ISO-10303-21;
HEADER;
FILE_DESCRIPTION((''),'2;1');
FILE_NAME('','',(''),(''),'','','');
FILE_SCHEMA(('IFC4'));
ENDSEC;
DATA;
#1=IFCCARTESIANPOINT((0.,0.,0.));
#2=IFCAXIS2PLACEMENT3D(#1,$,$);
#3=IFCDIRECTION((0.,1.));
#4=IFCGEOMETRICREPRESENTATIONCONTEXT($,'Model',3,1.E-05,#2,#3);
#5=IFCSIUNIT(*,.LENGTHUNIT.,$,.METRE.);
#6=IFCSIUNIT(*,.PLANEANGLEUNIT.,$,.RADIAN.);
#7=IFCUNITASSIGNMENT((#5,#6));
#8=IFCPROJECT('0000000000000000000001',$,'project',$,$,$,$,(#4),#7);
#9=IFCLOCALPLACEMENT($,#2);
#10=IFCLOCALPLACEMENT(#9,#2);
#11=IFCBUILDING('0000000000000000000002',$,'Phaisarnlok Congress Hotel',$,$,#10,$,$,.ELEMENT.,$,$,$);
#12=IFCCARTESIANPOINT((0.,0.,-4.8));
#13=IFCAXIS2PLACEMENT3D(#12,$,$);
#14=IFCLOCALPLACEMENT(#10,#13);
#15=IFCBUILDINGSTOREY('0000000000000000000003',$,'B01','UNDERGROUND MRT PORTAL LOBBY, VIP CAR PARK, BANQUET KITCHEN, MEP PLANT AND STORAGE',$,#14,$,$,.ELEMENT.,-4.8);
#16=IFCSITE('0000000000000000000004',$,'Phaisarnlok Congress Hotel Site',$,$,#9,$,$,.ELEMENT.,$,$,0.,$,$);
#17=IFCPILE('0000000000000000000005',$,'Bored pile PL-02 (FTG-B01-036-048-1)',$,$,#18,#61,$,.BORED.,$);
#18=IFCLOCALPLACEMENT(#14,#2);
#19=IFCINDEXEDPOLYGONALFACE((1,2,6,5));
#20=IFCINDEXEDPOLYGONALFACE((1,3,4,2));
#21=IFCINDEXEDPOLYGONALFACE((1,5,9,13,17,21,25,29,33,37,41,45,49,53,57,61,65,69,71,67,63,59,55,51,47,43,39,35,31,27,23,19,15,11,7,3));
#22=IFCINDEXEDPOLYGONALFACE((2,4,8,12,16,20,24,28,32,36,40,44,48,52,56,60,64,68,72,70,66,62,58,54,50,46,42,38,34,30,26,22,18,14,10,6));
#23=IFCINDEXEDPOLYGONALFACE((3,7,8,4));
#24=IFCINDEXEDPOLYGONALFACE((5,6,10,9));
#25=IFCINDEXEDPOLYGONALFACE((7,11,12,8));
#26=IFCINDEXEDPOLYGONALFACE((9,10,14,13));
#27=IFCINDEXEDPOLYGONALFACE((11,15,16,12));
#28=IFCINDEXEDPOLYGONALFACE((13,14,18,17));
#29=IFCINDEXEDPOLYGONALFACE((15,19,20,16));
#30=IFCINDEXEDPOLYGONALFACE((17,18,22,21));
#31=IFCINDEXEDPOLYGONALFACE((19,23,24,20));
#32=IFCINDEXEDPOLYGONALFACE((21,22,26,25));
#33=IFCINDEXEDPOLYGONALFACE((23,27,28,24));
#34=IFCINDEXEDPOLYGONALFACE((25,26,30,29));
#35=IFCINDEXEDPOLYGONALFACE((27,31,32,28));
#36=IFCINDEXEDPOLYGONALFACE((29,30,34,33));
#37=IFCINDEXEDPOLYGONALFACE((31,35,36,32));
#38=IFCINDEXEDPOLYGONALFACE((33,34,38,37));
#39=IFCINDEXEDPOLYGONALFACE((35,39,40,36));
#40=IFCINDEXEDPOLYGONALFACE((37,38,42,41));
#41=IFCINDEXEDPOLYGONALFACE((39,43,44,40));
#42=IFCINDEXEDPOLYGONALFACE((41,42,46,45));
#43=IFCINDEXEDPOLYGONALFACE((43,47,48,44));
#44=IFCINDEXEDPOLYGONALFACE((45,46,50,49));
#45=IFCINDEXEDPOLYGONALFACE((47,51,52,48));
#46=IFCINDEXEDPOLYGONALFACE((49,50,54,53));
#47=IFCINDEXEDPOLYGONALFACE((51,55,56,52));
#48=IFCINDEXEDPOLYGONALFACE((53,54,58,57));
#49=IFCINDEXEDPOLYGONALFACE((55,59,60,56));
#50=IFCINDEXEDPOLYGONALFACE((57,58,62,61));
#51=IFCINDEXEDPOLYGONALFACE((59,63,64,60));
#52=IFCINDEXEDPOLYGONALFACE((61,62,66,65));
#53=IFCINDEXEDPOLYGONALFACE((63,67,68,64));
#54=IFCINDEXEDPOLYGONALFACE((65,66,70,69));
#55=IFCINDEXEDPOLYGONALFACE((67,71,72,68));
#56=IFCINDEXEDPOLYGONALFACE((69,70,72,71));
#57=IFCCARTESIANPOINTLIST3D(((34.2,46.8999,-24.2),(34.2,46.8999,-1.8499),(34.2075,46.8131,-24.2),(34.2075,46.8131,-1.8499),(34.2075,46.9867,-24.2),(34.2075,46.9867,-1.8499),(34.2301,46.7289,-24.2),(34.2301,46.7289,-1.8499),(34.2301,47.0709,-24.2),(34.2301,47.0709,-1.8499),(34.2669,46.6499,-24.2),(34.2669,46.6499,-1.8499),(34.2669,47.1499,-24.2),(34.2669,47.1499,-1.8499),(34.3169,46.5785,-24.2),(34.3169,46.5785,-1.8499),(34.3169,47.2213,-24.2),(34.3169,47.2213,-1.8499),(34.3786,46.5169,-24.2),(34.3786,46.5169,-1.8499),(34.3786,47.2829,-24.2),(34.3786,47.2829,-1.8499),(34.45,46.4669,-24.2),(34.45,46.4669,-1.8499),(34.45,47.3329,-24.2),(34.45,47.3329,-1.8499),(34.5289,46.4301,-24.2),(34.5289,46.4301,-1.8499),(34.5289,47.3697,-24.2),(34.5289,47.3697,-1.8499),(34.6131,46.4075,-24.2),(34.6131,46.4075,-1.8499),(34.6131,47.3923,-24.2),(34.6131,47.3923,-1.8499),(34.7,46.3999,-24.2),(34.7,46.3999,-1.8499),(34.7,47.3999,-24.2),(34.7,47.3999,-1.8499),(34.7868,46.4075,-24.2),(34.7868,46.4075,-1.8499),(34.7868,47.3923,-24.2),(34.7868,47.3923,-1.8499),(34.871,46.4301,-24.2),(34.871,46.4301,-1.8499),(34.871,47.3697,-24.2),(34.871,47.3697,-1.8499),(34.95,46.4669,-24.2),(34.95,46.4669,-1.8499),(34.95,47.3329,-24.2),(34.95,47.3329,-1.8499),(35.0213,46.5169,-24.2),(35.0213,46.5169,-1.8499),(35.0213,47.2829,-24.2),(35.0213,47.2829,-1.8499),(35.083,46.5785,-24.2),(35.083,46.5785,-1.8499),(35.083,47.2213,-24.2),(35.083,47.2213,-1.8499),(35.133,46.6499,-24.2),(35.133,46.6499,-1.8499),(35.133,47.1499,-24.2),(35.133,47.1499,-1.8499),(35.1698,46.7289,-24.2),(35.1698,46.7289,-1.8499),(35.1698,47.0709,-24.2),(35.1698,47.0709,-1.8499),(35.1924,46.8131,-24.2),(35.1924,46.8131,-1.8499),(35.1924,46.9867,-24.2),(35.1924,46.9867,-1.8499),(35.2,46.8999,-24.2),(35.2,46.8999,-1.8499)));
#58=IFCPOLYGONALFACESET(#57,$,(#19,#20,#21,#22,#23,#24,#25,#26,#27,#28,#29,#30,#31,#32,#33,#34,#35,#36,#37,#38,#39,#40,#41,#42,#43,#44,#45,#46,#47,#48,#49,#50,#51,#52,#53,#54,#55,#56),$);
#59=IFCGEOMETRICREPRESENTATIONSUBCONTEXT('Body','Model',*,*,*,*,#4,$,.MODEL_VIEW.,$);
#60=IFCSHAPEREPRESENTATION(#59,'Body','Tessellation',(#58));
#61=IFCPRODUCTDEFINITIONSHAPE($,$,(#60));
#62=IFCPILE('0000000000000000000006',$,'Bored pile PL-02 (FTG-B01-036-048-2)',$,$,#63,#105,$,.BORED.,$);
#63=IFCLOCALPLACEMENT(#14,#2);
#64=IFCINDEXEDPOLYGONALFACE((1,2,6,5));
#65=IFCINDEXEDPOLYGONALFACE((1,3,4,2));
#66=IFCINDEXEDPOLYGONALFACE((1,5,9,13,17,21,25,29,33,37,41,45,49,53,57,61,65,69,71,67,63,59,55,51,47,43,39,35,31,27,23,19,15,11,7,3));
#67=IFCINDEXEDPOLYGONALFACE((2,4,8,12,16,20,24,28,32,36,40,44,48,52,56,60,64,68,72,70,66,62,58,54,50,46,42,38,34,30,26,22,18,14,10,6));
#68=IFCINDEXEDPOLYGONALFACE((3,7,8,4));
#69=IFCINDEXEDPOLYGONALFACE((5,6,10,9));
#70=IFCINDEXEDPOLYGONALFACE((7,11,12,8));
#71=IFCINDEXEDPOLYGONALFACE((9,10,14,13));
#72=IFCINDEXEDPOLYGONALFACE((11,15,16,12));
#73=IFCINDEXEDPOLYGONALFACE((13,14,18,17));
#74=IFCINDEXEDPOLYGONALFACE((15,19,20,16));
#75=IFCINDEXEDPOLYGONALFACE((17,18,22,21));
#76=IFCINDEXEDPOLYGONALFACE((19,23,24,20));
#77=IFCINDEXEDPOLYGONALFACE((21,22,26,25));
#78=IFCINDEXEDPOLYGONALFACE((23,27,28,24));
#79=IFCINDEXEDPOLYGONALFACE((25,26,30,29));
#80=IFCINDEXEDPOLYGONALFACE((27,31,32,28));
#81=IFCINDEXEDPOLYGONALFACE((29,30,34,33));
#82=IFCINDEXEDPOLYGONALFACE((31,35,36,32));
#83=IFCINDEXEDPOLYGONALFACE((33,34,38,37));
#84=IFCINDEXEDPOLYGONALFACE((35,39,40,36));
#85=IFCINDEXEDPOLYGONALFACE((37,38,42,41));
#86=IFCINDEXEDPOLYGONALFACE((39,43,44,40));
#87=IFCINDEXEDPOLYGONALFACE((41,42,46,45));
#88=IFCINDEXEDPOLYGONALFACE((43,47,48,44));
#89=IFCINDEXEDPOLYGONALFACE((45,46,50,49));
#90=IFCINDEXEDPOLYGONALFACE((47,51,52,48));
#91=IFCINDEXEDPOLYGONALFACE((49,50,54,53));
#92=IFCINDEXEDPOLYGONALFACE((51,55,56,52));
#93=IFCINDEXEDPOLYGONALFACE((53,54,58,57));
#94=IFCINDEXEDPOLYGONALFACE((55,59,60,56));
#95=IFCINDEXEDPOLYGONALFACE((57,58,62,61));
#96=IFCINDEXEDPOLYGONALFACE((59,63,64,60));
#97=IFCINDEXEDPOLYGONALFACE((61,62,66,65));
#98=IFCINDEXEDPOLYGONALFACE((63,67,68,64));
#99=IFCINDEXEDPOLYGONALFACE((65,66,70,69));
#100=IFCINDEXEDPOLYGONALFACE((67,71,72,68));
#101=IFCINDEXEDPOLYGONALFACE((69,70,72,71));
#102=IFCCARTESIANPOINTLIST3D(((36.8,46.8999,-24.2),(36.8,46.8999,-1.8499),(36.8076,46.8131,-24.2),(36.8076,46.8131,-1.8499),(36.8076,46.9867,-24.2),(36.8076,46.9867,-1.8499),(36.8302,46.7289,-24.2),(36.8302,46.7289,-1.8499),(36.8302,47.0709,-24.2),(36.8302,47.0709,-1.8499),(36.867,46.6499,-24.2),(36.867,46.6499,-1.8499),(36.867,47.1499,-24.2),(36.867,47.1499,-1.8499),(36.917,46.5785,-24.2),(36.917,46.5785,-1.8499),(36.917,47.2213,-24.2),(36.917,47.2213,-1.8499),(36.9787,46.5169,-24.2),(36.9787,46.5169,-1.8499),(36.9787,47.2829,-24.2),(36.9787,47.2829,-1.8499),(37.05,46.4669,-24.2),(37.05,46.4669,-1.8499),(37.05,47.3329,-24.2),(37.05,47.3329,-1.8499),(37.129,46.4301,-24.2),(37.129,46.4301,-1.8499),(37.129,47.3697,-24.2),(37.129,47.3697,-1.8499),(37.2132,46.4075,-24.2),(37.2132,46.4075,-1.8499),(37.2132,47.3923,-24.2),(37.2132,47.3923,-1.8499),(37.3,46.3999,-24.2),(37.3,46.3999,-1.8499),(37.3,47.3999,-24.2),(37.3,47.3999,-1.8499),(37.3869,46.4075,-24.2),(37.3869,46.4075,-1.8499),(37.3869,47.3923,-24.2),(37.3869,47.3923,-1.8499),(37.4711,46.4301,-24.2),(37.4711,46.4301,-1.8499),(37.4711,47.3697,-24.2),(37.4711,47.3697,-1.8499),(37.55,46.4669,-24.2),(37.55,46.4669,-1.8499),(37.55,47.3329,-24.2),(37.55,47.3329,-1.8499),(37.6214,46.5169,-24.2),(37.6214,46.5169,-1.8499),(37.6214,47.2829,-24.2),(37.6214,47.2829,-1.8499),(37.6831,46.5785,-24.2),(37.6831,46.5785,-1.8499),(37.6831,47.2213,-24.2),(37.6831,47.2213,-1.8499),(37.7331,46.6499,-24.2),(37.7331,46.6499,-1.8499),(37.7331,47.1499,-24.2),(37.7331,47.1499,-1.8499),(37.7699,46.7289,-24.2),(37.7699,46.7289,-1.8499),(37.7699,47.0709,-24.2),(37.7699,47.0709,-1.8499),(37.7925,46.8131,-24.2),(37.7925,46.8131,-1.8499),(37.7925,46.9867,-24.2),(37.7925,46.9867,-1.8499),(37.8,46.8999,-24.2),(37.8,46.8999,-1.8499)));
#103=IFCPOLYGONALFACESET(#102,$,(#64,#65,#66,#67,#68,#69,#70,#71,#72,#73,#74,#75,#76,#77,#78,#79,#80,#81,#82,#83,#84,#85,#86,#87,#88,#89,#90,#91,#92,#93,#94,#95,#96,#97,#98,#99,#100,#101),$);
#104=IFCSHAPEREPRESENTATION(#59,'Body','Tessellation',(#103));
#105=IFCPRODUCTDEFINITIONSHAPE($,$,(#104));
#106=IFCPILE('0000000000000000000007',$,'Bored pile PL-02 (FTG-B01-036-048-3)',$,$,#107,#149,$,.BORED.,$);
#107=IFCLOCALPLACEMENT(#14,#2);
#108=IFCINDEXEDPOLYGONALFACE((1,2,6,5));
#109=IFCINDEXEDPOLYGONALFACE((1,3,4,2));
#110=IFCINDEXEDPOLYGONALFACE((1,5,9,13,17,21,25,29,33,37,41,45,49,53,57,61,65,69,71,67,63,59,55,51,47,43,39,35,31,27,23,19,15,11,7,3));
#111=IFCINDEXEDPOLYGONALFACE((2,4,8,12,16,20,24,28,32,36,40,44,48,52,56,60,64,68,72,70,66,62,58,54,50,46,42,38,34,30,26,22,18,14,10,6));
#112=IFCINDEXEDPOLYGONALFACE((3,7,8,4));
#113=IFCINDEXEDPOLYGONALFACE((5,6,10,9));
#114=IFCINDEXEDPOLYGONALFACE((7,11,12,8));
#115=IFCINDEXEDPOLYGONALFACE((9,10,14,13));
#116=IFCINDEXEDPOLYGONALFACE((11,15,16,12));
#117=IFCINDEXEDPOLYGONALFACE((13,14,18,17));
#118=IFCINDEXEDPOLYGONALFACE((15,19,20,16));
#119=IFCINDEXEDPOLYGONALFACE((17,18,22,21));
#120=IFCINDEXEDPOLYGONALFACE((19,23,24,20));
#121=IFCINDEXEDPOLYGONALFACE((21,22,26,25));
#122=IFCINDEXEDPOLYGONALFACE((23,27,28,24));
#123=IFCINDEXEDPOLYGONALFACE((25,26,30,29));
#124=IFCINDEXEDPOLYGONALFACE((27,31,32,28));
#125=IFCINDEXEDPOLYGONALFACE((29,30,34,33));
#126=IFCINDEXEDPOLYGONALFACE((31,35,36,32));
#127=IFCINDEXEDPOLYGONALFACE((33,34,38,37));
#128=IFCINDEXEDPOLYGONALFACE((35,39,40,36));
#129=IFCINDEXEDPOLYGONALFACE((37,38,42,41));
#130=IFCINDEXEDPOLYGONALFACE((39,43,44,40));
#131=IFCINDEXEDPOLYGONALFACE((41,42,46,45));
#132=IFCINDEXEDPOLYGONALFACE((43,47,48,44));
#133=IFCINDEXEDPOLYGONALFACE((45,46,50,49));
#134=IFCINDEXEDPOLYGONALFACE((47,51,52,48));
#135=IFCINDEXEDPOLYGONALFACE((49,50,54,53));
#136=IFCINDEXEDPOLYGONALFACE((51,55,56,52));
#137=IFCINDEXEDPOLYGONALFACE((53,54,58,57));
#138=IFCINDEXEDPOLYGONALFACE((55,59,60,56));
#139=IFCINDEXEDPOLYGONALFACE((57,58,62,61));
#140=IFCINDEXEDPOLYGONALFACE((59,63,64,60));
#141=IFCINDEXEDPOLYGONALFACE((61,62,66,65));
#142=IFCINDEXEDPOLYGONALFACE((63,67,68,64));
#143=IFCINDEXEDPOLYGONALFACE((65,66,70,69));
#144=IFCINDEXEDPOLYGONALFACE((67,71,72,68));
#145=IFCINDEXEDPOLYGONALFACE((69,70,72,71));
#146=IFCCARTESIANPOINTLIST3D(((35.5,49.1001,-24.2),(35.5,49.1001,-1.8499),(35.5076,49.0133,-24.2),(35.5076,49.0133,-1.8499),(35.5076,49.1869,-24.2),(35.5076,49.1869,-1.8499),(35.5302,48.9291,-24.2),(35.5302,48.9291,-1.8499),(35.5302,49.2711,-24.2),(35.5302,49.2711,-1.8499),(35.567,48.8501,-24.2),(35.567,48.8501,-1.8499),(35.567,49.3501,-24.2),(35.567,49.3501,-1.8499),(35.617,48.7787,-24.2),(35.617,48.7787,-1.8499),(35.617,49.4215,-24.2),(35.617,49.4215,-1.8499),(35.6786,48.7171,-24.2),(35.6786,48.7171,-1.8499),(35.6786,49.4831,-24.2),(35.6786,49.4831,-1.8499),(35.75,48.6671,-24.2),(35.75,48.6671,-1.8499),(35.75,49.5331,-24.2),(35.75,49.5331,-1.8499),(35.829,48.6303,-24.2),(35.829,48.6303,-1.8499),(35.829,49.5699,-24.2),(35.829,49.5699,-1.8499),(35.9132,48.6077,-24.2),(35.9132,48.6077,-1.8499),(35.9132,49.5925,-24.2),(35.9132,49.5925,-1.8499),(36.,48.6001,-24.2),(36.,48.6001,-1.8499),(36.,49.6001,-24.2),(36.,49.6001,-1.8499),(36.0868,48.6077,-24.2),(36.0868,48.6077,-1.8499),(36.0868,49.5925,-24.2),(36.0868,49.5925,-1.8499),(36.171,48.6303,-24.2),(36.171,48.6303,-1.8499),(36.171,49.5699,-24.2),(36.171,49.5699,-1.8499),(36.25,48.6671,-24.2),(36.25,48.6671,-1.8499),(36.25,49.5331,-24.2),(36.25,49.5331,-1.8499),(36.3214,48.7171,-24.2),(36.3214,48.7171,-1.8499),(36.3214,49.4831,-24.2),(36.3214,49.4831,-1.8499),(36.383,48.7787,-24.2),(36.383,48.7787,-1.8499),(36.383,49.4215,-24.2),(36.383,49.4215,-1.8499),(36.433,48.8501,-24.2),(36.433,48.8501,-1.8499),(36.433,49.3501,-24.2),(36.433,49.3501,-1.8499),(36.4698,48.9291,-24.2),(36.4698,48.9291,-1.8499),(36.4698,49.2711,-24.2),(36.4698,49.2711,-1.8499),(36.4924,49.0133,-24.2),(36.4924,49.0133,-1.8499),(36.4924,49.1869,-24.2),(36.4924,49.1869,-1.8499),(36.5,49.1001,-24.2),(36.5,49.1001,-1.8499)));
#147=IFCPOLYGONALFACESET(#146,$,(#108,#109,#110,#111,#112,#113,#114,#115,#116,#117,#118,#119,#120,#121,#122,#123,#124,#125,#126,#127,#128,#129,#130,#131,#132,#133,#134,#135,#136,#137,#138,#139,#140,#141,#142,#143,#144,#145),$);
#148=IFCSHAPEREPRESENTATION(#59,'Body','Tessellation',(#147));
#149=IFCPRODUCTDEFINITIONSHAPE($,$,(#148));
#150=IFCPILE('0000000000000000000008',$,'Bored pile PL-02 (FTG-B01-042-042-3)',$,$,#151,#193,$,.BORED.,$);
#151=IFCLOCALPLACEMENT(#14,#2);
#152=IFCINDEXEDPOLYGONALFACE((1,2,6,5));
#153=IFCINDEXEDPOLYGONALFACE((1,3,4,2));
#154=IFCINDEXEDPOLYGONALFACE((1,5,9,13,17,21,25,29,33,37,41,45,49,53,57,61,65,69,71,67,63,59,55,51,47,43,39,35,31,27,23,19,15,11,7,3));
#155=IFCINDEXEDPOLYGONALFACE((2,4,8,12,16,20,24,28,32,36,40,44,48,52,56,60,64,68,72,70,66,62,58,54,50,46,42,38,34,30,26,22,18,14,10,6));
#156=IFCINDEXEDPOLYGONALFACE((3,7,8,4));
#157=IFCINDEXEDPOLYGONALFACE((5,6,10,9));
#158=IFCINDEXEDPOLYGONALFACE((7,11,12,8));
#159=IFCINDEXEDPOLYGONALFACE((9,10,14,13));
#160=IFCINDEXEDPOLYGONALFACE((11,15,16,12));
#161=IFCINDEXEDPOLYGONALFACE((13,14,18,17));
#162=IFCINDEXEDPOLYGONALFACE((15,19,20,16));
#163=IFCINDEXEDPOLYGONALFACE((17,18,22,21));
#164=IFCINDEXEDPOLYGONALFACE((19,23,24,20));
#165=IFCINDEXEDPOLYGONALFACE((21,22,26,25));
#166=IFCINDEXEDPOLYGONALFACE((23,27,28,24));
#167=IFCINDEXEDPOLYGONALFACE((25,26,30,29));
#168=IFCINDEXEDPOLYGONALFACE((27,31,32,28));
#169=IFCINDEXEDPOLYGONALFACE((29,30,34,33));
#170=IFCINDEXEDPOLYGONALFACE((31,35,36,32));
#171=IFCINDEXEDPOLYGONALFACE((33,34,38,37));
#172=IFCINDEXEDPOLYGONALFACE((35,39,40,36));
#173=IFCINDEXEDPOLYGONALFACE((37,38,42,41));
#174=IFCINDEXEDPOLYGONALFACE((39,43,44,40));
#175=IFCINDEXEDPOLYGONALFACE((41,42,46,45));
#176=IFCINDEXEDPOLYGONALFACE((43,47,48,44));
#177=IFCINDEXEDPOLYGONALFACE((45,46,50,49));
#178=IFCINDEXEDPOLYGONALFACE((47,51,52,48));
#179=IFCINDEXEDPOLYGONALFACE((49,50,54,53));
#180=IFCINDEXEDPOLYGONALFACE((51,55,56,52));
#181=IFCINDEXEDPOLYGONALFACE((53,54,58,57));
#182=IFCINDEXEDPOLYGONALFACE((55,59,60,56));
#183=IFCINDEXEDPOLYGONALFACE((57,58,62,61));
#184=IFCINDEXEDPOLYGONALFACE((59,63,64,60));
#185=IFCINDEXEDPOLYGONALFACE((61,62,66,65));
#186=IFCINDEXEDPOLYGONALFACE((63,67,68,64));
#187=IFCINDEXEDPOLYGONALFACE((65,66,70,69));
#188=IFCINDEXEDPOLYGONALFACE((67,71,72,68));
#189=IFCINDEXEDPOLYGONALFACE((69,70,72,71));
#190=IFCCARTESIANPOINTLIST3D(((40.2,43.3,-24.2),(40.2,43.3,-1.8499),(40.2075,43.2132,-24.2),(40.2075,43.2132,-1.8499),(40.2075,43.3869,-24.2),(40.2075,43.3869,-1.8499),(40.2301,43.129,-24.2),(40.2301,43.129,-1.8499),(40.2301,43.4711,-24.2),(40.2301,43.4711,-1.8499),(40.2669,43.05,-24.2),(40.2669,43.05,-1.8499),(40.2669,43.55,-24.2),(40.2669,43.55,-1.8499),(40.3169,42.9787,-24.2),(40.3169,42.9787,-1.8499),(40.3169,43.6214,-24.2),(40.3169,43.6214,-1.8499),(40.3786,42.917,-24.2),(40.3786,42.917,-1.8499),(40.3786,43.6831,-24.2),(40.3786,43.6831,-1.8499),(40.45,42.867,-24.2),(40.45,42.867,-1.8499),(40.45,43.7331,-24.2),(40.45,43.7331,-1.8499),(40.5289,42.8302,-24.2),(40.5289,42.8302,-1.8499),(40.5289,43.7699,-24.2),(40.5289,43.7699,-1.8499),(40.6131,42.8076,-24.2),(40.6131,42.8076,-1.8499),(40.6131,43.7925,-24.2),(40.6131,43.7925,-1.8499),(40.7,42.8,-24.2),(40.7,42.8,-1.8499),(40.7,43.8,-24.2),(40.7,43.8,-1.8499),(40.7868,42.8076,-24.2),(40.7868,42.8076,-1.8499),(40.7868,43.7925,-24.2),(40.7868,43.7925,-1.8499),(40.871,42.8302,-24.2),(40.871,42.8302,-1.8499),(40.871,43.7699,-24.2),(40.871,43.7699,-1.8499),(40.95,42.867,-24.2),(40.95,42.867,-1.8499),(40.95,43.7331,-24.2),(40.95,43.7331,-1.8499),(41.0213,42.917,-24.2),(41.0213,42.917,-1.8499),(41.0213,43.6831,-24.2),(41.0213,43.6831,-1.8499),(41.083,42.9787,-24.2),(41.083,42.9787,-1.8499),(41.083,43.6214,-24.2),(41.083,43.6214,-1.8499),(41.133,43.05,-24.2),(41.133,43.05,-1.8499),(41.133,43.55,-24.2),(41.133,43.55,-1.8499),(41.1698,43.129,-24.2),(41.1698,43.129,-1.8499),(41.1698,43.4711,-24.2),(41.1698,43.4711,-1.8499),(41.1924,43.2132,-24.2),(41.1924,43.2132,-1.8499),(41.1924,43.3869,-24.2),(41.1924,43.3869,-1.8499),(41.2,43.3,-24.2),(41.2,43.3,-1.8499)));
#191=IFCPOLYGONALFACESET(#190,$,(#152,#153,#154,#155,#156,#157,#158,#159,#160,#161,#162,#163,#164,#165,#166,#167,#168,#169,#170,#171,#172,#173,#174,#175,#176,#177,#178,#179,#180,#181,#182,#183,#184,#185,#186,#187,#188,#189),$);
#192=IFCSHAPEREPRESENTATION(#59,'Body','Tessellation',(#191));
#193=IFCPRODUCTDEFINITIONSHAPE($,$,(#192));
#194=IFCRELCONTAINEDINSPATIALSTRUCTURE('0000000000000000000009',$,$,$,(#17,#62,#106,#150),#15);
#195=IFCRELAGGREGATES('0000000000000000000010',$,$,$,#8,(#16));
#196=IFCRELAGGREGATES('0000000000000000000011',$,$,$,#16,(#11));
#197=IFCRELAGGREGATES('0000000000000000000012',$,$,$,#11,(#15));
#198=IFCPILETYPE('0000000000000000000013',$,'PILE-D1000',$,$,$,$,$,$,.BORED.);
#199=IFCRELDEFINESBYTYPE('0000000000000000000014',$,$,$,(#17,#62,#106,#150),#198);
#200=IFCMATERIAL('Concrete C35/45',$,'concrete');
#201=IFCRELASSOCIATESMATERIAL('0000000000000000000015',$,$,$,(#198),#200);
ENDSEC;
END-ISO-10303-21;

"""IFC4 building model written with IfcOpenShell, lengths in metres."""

from ifc_helpers import new_model, si_unit, direction, frame, origin, origin_2d, place, context, subcontext, project, spatial, circle, extrude, material, material_profile, profile_set, type_object, element, save


model = new_model("IFC4")

# Units and contexts
model_context = context("Model", 3, precision=1e-05, world=origin(), true_north=direction((0.0, 1.0)))
body_context = subcontext(model_context, "Body", "Model", "MODEL_VIEW")
ifc_project = project(units=[si_unit("LENGTHUNIT", "METRE"), si_unit("PLANEANGLEUNIT", "RADIAN")], contexts=[model_context])

# Site, building, storey
site_placement = place(None, origin())
site = spatial("IfcSite", under=ifc_project, at=site_placement, Name="Phaisarnlok Congress Hotel Site", CompositionType="ELEMENT", RefElevation=0.0)
building_placement = place(site_placement, origin())
building = spatial("IfcBuilding", under=site, at=building_placement, Name="Phaisarnlok Congress Hotel", CompositionType="ELEMENT")
storey_placement = place(building_placement, frame((0.0, 0.0, -4.8)))
storey = spatial("IfcBuildingStorey", under=building, at=storey_placement, Name="B01", Description="UNDERGROUND MRT PORTAL LOBBY, VIP CAR PARK, BANQUET KITCHEN, MEP PLANT AND STORAGE", CompositionType="ELEMENT", Elevation=-4.8)

# Piles
ifc_material_1 = material(Name="Concrete C35/45", Category="concrete")
ifc_material_profile_1 = material_profile(ifc_material_1, circle(Radius=0.5, at=origin_2d()), Name="BORED PILE D1000")
ifc_profile_set_1 = profile_set([ifc_material_profile_1], Name="Concrete C35/45")
pile_type_1 = type_object("IfcPileType", Name="PILE-D1000", PredefinedType="BORED", material=ifc_profile_set_1)
for number, where, z_axis, x_axis, name in (
    (1, (34.7, 46.8999, -1.8499), (0.0, 0.0, -1.0), (1.0, 0.0, 0.0), "Bored pile PL-02 (FTG-B01-036-048-1)"),
    (2, (37.3, 46.8999, -1.8499), (0.0, 0.0, -1.0), (1.0, 0.0, 0.0), "Bored pile PL-02 (FTG-B01-036-048-2)"),
    (3, (36.0, 49.1001, -1.8499), (0.0, 0.0, -1.0), (1.0, 0.0, 0.0), "Bored pile PL-02 (FTG-B01-036-048-3)"),
    (4, (40.7, 43.3, -1.8499), (0.0, 0.0, -1.0), (1.0, 0.0, 0.0), "Bored pile PL-02 (FTG-B01-042-042-3)"),
):
    element("IfcPile", number, at=place(storey_placement, frame(where, z_axis=z_axis, x_axis=x_axis)), inside=storey, type_object=pile_type_1, Name=name, PredefinedType="BORED", context=body_context, shape_type="SweptSolid", body=[
        extrude(circle(Radius=0.5, at=origin_2d()), origin(), (0.0, 0.0, 1.0), 22.3501),
    ])

save(model, "model.ifc")
